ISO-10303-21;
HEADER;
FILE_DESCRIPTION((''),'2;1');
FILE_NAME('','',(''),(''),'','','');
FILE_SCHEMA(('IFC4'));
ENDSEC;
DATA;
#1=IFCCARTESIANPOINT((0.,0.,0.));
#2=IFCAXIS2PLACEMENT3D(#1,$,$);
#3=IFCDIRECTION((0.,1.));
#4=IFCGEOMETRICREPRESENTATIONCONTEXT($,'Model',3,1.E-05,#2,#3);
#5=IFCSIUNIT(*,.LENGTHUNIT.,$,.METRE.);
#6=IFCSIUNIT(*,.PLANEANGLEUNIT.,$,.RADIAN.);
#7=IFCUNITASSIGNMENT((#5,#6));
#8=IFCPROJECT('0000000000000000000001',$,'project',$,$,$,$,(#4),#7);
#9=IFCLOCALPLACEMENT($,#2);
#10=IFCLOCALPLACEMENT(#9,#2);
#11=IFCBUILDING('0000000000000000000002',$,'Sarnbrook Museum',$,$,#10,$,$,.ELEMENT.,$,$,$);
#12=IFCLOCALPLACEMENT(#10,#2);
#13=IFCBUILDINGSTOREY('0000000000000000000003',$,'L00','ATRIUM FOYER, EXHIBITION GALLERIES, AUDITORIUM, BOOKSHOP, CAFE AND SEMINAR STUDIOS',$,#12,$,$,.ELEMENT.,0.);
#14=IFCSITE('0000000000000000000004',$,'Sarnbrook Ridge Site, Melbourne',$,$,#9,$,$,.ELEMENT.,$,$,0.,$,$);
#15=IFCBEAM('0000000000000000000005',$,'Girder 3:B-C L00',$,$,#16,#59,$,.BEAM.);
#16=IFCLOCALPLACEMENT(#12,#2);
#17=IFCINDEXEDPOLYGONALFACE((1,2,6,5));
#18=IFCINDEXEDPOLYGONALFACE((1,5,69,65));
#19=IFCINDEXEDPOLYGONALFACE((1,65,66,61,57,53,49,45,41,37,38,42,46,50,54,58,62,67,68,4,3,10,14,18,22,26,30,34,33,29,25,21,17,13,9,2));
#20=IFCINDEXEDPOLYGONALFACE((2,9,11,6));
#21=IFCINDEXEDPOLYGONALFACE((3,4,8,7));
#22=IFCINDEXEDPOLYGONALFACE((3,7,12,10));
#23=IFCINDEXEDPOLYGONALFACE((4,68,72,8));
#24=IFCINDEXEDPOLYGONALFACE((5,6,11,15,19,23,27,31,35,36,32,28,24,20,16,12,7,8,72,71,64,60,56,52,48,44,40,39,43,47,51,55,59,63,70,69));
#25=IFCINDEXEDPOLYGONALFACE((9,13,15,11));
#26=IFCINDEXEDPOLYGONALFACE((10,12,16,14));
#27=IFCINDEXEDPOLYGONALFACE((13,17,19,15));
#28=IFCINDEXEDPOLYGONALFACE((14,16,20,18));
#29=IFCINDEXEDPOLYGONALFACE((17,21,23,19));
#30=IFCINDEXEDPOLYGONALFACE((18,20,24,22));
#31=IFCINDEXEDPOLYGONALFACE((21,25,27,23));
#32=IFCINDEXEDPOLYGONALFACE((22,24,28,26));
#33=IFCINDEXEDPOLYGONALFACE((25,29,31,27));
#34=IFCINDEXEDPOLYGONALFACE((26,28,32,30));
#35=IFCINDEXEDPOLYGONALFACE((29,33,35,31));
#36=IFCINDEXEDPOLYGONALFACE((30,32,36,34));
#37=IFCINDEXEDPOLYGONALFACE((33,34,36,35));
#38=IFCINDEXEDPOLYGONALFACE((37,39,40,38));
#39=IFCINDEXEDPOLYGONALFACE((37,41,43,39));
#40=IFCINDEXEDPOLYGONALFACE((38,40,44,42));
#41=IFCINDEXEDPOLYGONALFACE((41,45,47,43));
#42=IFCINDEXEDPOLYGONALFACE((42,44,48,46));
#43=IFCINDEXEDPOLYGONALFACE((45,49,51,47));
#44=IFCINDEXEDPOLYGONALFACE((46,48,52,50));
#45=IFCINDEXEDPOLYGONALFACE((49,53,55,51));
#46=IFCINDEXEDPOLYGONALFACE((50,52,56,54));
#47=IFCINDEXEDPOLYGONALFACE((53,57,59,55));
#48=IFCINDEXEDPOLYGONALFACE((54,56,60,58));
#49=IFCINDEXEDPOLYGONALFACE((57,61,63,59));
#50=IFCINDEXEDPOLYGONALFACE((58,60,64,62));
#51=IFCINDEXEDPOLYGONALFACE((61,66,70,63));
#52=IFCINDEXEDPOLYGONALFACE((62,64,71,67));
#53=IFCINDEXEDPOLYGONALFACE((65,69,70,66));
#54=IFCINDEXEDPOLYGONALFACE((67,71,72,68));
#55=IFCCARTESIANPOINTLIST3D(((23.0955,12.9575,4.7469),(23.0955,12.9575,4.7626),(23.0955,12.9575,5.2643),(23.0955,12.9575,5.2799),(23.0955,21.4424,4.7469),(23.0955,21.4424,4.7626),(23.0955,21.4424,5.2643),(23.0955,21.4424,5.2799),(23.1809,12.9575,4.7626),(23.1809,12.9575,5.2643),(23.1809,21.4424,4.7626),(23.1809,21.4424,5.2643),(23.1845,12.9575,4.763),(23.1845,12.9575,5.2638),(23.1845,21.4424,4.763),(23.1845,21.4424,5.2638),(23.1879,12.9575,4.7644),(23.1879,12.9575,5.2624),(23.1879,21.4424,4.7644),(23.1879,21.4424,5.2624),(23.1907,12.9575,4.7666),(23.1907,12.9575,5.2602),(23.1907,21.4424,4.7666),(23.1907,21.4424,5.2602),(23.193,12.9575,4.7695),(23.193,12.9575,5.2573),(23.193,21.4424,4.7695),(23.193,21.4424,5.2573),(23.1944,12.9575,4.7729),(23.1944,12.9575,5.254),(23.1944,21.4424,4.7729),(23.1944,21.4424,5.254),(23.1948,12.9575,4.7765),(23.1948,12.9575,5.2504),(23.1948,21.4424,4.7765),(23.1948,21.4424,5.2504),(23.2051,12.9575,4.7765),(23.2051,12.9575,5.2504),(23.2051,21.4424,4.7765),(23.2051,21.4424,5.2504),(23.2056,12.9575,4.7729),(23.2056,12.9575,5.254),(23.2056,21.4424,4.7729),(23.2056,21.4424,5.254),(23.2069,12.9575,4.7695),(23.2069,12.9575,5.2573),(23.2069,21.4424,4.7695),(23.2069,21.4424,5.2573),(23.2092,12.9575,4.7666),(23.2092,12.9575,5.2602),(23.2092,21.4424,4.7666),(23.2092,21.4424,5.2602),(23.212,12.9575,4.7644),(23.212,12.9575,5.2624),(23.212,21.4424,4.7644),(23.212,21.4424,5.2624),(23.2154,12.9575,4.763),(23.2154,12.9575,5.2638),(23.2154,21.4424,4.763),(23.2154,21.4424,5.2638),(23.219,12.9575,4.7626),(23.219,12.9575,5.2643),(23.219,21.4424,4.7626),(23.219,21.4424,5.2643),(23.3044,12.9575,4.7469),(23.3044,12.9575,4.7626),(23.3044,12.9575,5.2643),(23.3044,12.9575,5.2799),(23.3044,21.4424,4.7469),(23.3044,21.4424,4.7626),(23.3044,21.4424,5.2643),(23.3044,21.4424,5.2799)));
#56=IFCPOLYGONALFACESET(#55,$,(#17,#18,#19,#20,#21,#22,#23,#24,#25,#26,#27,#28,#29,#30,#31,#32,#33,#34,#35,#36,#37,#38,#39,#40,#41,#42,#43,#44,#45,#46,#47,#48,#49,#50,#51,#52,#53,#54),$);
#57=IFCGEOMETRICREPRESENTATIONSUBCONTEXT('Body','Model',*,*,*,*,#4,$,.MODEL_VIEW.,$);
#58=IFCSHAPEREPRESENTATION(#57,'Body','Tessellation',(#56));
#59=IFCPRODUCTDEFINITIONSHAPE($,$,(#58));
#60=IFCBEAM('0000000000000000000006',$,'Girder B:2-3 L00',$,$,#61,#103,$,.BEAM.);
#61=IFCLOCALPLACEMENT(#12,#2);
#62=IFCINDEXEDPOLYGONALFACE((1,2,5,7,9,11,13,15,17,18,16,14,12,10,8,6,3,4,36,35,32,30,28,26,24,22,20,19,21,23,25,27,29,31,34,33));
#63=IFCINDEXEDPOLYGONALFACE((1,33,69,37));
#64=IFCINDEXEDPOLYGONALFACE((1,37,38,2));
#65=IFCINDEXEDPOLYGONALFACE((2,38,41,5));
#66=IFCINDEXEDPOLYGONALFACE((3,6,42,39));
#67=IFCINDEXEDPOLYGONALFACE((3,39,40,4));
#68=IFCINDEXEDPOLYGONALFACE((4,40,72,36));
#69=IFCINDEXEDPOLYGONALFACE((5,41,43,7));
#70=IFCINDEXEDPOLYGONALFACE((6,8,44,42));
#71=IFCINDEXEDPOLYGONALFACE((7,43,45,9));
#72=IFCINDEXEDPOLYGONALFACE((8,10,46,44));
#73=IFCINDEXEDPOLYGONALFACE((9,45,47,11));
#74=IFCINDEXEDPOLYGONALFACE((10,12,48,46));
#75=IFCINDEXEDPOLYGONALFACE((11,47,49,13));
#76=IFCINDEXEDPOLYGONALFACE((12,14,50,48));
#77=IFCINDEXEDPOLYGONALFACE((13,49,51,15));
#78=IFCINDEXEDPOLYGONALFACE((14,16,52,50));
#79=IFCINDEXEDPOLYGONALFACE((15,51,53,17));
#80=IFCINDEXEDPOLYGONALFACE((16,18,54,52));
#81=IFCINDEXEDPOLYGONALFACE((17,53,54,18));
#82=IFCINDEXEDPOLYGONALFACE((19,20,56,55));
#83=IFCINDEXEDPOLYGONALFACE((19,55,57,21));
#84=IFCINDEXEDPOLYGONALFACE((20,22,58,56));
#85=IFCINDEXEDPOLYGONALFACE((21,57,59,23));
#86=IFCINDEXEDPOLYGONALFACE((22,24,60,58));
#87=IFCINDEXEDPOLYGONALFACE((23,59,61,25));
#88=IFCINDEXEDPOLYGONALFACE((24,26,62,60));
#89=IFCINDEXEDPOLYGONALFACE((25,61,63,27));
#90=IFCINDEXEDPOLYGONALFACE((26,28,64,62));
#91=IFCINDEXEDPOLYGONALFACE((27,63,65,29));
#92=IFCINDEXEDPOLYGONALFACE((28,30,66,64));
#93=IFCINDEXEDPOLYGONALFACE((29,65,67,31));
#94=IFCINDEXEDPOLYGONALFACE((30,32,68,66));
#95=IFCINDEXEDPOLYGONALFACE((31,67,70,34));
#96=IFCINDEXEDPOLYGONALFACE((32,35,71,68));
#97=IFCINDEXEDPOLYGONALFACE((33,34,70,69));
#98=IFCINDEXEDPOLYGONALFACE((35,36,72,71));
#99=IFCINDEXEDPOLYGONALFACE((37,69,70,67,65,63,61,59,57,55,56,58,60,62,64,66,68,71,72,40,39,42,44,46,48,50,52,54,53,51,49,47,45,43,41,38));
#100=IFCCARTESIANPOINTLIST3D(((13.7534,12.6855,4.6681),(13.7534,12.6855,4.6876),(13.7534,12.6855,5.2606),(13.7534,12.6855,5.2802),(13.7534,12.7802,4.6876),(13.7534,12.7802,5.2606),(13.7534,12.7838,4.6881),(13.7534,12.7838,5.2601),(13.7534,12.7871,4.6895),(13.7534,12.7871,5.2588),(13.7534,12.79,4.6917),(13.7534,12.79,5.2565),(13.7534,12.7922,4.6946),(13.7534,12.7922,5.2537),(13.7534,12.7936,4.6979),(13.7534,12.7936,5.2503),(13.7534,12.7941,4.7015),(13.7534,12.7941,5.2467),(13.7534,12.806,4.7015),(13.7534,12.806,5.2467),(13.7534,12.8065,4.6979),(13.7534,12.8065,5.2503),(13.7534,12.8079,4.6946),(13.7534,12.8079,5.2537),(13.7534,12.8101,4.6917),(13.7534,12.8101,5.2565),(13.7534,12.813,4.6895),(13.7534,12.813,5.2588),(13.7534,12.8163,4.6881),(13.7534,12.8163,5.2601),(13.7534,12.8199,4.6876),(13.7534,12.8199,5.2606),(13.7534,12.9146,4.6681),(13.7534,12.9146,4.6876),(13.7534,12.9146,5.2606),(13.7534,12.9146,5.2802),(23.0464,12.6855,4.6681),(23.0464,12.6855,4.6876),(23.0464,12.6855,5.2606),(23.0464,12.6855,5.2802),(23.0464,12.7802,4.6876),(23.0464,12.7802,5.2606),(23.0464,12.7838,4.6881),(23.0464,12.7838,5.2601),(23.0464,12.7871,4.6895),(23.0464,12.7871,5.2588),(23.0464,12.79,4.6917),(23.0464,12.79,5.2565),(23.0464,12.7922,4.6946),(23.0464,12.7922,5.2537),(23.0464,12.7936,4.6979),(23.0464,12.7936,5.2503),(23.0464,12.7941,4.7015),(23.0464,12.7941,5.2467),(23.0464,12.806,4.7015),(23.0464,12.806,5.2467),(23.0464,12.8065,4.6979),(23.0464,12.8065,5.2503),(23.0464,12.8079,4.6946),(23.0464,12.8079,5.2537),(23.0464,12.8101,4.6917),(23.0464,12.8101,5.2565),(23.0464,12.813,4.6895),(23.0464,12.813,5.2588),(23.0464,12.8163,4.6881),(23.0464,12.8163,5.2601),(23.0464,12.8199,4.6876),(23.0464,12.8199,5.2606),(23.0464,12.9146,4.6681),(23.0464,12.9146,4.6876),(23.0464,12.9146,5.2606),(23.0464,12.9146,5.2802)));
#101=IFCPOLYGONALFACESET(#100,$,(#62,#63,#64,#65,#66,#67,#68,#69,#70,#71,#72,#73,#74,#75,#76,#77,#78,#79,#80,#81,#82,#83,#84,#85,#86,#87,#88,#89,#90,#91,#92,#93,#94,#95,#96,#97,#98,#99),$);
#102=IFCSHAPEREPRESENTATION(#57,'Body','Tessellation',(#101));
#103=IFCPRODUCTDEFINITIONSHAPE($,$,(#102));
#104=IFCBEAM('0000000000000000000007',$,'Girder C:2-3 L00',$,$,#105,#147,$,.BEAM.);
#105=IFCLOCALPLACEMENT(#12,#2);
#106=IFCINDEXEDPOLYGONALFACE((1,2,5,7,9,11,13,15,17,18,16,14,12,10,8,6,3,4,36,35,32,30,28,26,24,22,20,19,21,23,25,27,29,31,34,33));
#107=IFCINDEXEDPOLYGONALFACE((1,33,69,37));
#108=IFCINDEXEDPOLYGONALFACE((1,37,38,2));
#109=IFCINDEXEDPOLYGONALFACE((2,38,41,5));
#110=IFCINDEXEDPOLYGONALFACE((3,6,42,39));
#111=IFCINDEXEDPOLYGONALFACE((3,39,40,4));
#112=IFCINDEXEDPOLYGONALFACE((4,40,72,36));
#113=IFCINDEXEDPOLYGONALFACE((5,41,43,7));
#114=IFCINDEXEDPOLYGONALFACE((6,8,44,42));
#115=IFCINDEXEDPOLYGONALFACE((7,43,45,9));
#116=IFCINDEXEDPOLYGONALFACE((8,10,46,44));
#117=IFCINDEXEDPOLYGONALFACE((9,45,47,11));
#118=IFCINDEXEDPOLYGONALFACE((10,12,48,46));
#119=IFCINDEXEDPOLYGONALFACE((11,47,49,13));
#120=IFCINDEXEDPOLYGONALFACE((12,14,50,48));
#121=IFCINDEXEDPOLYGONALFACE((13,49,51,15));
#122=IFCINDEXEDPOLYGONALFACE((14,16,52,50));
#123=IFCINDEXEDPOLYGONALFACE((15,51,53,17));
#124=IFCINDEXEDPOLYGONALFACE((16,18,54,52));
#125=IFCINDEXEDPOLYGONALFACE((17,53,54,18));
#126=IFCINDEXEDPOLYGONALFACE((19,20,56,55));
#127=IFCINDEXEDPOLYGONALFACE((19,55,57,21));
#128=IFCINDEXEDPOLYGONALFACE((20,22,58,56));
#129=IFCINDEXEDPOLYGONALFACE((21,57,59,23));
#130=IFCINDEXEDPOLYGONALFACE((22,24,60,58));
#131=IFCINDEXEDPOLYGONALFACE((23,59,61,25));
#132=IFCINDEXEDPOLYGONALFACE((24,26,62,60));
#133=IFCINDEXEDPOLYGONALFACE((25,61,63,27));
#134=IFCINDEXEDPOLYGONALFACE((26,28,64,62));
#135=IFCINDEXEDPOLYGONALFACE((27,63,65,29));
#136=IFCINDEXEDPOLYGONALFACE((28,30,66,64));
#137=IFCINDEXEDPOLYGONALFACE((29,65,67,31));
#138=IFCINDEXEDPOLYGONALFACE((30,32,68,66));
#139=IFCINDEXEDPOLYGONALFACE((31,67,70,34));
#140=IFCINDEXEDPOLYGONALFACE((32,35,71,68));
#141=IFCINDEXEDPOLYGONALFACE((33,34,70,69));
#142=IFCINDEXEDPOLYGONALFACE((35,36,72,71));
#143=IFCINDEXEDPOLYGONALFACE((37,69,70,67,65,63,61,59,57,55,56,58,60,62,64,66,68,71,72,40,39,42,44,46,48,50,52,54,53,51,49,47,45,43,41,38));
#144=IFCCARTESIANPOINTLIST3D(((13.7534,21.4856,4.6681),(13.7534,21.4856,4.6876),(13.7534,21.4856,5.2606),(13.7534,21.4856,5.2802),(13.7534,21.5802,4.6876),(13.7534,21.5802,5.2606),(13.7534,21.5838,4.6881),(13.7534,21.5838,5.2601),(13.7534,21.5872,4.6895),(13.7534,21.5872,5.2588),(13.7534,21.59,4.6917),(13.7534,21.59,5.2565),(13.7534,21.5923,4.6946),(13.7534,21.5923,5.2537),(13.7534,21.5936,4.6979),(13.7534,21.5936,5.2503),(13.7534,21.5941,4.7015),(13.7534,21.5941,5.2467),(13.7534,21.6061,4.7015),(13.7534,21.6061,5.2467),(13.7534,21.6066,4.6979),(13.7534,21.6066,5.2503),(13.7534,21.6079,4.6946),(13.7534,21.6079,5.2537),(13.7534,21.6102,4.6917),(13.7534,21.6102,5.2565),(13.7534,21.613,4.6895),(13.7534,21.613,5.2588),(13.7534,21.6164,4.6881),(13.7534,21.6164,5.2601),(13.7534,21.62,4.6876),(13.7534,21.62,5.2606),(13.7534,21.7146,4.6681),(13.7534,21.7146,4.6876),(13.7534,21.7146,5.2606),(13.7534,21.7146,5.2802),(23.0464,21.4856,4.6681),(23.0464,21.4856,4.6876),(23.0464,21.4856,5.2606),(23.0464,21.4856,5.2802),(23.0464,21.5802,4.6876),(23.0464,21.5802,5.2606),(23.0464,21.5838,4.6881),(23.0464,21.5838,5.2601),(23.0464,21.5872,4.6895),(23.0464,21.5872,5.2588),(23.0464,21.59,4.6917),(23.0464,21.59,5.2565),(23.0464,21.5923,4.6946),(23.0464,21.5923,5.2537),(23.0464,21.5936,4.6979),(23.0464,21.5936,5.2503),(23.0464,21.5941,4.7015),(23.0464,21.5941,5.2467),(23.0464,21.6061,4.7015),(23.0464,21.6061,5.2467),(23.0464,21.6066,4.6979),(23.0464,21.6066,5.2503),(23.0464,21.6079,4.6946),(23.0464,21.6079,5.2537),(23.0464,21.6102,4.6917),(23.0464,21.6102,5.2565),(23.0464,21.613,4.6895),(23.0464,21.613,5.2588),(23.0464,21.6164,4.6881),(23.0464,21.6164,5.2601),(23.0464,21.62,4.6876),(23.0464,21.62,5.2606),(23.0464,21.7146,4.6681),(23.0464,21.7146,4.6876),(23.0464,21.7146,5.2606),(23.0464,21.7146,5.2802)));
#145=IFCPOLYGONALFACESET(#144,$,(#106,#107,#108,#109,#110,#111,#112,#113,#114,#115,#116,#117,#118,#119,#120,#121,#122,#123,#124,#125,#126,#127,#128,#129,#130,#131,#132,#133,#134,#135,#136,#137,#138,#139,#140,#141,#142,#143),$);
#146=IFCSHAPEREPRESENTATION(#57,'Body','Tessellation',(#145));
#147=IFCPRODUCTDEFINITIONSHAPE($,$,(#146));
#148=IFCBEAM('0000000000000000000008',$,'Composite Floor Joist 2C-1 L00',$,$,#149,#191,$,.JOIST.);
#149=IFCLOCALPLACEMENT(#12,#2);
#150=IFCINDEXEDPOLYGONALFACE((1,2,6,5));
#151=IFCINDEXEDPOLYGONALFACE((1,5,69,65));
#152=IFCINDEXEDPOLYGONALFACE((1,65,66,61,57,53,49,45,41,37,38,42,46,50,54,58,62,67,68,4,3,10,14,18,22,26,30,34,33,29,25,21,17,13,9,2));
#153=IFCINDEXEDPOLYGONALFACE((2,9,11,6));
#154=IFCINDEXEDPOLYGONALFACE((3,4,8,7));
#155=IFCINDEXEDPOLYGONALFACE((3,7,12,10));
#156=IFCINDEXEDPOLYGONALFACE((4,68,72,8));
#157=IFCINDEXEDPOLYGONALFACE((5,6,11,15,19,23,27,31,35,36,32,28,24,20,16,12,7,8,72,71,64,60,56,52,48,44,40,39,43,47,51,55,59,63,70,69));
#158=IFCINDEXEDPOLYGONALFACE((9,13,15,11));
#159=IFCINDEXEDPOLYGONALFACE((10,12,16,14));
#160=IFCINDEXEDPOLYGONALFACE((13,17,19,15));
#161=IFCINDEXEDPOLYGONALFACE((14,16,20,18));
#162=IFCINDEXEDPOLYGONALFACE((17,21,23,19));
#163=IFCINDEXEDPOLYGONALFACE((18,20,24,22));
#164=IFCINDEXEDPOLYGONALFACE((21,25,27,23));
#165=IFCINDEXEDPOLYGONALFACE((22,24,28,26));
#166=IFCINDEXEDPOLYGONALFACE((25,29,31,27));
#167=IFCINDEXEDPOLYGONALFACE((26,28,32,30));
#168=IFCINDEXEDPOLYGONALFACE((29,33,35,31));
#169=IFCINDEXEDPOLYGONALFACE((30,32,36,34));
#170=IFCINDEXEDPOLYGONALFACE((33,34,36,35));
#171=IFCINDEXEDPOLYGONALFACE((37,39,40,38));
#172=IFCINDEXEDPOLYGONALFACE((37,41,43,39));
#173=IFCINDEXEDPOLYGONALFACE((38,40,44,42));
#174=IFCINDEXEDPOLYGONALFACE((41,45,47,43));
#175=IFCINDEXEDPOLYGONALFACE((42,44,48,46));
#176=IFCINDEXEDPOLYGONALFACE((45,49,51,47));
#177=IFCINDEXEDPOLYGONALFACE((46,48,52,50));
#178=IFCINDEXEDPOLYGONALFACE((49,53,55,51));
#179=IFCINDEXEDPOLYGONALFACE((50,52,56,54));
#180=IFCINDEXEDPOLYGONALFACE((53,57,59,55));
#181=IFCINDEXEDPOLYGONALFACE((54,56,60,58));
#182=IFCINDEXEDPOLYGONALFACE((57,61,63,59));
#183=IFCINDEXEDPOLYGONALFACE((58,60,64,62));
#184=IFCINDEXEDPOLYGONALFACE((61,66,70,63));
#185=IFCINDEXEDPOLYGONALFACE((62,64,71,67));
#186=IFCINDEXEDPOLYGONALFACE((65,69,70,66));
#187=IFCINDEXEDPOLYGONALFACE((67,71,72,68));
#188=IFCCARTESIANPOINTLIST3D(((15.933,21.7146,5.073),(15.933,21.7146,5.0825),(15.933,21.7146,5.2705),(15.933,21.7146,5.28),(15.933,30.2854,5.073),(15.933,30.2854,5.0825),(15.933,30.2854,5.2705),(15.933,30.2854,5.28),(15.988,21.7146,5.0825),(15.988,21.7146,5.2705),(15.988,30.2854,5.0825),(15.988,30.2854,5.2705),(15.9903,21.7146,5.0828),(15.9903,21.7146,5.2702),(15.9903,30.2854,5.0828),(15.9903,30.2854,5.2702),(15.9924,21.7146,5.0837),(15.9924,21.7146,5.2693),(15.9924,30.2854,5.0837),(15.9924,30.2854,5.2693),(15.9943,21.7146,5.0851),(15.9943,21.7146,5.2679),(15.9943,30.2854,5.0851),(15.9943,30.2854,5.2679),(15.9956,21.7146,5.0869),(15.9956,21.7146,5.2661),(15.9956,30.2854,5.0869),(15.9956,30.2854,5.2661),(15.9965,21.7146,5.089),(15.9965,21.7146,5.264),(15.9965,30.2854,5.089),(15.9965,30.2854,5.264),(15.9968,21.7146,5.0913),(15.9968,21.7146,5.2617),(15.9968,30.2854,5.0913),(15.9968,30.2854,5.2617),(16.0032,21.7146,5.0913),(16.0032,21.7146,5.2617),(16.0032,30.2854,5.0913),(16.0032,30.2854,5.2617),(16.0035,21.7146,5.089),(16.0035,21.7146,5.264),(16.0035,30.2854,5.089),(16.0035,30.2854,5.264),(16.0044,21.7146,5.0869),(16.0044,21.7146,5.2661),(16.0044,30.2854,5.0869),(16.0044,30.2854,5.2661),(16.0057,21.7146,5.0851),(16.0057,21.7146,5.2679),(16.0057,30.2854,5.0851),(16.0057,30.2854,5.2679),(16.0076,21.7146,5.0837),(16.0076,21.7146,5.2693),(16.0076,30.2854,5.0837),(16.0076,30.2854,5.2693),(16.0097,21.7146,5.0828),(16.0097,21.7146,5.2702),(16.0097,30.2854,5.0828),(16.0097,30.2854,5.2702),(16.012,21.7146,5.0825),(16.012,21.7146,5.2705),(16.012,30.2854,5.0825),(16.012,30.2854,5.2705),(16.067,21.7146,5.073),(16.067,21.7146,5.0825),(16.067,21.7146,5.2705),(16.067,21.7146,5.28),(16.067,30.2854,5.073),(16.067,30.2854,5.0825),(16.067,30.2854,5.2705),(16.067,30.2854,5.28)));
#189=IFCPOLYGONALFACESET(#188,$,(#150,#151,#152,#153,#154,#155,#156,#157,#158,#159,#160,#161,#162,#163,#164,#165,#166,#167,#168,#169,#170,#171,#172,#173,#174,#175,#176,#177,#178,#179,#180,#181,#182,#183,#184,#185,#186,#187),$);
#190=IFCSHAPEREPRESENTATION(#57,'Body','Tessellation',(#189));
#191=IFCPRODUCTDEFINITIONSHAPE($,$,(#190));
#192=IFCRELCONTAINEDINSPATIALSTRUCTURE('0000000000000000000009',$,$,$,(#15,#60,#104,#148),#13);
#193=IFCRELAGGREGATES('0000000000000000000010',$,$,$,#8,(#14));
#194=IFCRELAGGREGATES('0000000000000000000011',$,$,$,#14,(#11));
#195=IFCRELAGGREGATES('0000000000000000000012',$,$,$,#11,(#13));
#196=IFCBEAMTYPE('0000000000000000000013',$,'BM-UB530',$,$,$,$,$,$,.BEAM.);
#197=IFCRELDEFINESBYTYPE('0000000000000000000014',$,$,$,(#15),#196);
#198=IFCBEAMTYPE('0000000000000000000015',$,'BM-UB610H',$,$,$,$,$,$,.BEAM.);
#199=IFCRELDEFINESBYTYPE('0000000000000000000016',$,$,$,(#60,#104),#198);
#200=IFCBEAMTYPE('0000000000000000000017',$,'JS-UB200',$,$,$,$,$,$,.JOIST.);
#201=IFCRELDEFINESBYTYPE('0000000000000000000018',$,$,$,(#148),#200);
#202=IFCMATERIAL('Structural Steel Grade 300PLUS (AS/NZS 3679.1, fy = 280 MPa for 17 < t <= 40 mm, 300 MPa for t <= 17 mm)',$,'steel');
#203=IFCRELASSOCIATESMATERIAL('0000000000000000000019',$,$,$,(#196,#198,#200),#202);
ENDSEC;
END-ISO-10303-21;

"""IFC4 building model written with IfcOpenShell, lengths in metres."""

from ifc_helpers import new_model, si_unit, direction, frame, origin, origin_2d, place, context, subcontext, project, spatial, i_section, extrude, material, material_profile, profile_set, type_object, element, save


model = new_model("IFC4")

# Units and contexts
model_context = context("Model", 3, precision=1e-05, world=origin(), true_north=direction((0.0, 1.0)))
body_context = subcontext(model_context, "Body", "Model", "MODEL_VIEW")
ifc_project = project(units=[si_unit("LENGTHUNIT", "METRE"), si_unit("PLANEANGLEUNIT", "RADIAN")], contexts=[model_context])

# Site, building, storey
site_placement = place(None, origin())
site = spatial("IfcSite", under=ifc_project, at=site_placement, Name="Sarnbrook Ridge Site, Melbourne", CompositionType="ELEMENT", RefElevation=0.0)
building_placement = place(site_placement, origin())
building = spatial("IfcBuilding", under=site, at=building_placement, Name="Sarnbrook Museum", CompositionType="ELEMENT")
storey_placement = place(building_placement, origin())
storey = spatial("IfcBuildingStorey", under=building, at=storey_placement, Name="L00", Description="ATRIUM FOYER, EXHIBITION GALLERIES, AUDITORIUM, BOOKSHOP, CAFE AND SEMINAR STUDIOS", CompositionType="ELEMENT", Elevation=0.0)

# Shared definitions
ifc_material_1 = material(Name="Structural Steel Grade 300PLUS (AS/NZS 3679.1, fy = 280 MPa for 17 < t <= 40 mm, 300 MPa for t <= 17 mm)", Category="steel")

# Beams
ifc_material_profile_1 = material_profile(ifc_material_1, i_section(OverallWidth=0.209, OverallDepth=0.533, WebThickness=0.0103, FlangeThickness=0.0156, FilletRadius=0.0139, at=origin_2d()), Name="530UB92.4")
ifc_profile_set_1 = profile_set([ifc_material_profile_1], Name="Structural Steel Grade 300PLUS (AS/NZS 3679.1, fy = 280 MPa for 17 < t <= 40 mm, 300 MPa for t <= 17 mm)")
beam_type_1 = type_object("IfcBeamType", Name="BM-UB530", PredefinedType="BEAM", material=ifc_profile_set_1)
beam_1_placement = place(storey_placement, frame((23.2, 12.9575, 5.0134), z_axis=(0.0, 1.0, 0.0), x_axis=(-1.0, 0.0, 0.0)))
element("IfcBeam", 1, at=beam_1_placement, inside=storey, type_object=beam_type_1, Name="Girder 3:B-C L00", PredefinedType="BEAM", context=body_context, shape_type="SweptSolid", body=[
    extrude(i_section(OverallWidth=0.209, OverallDepth=0.533, WebThickness=0.0103, FlangeThickness=0.0156, FilletRadius=0.0139, at=origin_2d()), origin(), (0.0, 0.0, 1.0), 8.4849),
])
ifc_material_profile_2 = material_profile(ifc_material_1, i_section(OverallWidth=0.229, OverallDepth=0.6121, WebThickness=0.012, FlangeThickness=0.0195, FilletRadius=0.0139, at=origin_2d()), Name="610UB125")
ifc_profile_set_2 = profile_set([ifc_material_profile_2], Name="Structural Steel Grade 300PLUS (AS/NZS 3679.1, fy = 280 MPa for 17 < t <= 40 mm, 300 MPa for t <= 17 mm)")
beam_type_2 = type_object("IfcBeamType", Name="BM-UB610H", PredefinedType="BEAM", material=ifc_profile_set_2)
for number, where, z_axis, x_axis, name in (
    (2, (13.7534, 12.8, 4.9741), (1.0, 0.0, 0.0), (0.0, 1.0, 0.0), "Girder B:2-3 L00"),
    (3, (13.7534, 21.6001, 4.9741), (1.0, 0.0, 0.0), (0.0, 1.0, 0.0), "Girder C:2-3 L00"),
):
    element("IfcBeam", number, at=place(storey_placement, frame(where, z_axis=z_axis, x_axis=x_axis)), inside=storey, type_object=beam_type_2, Name=name, PredefinedType="BEAM", context=body_context, shape_type="SweptSolid", body=[
        extrude(i_section(OverallWidth=0.229, OverallDepth=0.6121, WebThickness=0.012, FlangeThickness=0.0195, FilletRadius=0.0139, at=origin_2d()), origin(), (0.0, 0.0, 1.0), 9.293),
    ])
ifc_material_profile_3 = material_profile(ifc_material_1, i_section(OverallWidth=0.134, OverallDepth=0.207, WebThickness=0.0063, FlangeThickness=0.0095, FilletRadius=0.0088, at=origin_2d()), Name="200UB29.8")
ifc_profile_set_3 = profile_set([ifc_material_profile_3], Name="Structural Steel Grade 300PLUS (AS/NZS 3679.1, fy = 280 MPa for 17 < t <= 40 mm, 300 MPa for t <= 17 mm)")
beam_type_3 = type_object("IfcBeamType", Name="JS-UB200", PredefinedType="JOIST", material=ifc_profile_set_3)
for number, where, z_axis, x_axis, name in (
    (4, (16.0, 21.7146, 5.1765), (0.0, 1.0, 0.0), (-1.0, 0.0, 0.0), "Composite Floor Joist 2C-1 L00"),
):
    element("IfcBeam", number, at=place(storey_placement, frame(where, z_axis=z_axis, x_axis=x_axis)), inside=storey, type_object=beam_type_3, Name=name, PredefinedType="JOIST", context=body_context, shape_type="SweptSolid", body=[
        extrude(i_section(OverallWidth=0.134, OverallDepth=0.207, WebThickness=0.0063, FlangeThickness=0.0095, FilletRadius=0.0088, at=origin_2d()), origin(), (0.0, 0.0, 1.0), 8.5708),
    ])

save(model, "model.ifc")
